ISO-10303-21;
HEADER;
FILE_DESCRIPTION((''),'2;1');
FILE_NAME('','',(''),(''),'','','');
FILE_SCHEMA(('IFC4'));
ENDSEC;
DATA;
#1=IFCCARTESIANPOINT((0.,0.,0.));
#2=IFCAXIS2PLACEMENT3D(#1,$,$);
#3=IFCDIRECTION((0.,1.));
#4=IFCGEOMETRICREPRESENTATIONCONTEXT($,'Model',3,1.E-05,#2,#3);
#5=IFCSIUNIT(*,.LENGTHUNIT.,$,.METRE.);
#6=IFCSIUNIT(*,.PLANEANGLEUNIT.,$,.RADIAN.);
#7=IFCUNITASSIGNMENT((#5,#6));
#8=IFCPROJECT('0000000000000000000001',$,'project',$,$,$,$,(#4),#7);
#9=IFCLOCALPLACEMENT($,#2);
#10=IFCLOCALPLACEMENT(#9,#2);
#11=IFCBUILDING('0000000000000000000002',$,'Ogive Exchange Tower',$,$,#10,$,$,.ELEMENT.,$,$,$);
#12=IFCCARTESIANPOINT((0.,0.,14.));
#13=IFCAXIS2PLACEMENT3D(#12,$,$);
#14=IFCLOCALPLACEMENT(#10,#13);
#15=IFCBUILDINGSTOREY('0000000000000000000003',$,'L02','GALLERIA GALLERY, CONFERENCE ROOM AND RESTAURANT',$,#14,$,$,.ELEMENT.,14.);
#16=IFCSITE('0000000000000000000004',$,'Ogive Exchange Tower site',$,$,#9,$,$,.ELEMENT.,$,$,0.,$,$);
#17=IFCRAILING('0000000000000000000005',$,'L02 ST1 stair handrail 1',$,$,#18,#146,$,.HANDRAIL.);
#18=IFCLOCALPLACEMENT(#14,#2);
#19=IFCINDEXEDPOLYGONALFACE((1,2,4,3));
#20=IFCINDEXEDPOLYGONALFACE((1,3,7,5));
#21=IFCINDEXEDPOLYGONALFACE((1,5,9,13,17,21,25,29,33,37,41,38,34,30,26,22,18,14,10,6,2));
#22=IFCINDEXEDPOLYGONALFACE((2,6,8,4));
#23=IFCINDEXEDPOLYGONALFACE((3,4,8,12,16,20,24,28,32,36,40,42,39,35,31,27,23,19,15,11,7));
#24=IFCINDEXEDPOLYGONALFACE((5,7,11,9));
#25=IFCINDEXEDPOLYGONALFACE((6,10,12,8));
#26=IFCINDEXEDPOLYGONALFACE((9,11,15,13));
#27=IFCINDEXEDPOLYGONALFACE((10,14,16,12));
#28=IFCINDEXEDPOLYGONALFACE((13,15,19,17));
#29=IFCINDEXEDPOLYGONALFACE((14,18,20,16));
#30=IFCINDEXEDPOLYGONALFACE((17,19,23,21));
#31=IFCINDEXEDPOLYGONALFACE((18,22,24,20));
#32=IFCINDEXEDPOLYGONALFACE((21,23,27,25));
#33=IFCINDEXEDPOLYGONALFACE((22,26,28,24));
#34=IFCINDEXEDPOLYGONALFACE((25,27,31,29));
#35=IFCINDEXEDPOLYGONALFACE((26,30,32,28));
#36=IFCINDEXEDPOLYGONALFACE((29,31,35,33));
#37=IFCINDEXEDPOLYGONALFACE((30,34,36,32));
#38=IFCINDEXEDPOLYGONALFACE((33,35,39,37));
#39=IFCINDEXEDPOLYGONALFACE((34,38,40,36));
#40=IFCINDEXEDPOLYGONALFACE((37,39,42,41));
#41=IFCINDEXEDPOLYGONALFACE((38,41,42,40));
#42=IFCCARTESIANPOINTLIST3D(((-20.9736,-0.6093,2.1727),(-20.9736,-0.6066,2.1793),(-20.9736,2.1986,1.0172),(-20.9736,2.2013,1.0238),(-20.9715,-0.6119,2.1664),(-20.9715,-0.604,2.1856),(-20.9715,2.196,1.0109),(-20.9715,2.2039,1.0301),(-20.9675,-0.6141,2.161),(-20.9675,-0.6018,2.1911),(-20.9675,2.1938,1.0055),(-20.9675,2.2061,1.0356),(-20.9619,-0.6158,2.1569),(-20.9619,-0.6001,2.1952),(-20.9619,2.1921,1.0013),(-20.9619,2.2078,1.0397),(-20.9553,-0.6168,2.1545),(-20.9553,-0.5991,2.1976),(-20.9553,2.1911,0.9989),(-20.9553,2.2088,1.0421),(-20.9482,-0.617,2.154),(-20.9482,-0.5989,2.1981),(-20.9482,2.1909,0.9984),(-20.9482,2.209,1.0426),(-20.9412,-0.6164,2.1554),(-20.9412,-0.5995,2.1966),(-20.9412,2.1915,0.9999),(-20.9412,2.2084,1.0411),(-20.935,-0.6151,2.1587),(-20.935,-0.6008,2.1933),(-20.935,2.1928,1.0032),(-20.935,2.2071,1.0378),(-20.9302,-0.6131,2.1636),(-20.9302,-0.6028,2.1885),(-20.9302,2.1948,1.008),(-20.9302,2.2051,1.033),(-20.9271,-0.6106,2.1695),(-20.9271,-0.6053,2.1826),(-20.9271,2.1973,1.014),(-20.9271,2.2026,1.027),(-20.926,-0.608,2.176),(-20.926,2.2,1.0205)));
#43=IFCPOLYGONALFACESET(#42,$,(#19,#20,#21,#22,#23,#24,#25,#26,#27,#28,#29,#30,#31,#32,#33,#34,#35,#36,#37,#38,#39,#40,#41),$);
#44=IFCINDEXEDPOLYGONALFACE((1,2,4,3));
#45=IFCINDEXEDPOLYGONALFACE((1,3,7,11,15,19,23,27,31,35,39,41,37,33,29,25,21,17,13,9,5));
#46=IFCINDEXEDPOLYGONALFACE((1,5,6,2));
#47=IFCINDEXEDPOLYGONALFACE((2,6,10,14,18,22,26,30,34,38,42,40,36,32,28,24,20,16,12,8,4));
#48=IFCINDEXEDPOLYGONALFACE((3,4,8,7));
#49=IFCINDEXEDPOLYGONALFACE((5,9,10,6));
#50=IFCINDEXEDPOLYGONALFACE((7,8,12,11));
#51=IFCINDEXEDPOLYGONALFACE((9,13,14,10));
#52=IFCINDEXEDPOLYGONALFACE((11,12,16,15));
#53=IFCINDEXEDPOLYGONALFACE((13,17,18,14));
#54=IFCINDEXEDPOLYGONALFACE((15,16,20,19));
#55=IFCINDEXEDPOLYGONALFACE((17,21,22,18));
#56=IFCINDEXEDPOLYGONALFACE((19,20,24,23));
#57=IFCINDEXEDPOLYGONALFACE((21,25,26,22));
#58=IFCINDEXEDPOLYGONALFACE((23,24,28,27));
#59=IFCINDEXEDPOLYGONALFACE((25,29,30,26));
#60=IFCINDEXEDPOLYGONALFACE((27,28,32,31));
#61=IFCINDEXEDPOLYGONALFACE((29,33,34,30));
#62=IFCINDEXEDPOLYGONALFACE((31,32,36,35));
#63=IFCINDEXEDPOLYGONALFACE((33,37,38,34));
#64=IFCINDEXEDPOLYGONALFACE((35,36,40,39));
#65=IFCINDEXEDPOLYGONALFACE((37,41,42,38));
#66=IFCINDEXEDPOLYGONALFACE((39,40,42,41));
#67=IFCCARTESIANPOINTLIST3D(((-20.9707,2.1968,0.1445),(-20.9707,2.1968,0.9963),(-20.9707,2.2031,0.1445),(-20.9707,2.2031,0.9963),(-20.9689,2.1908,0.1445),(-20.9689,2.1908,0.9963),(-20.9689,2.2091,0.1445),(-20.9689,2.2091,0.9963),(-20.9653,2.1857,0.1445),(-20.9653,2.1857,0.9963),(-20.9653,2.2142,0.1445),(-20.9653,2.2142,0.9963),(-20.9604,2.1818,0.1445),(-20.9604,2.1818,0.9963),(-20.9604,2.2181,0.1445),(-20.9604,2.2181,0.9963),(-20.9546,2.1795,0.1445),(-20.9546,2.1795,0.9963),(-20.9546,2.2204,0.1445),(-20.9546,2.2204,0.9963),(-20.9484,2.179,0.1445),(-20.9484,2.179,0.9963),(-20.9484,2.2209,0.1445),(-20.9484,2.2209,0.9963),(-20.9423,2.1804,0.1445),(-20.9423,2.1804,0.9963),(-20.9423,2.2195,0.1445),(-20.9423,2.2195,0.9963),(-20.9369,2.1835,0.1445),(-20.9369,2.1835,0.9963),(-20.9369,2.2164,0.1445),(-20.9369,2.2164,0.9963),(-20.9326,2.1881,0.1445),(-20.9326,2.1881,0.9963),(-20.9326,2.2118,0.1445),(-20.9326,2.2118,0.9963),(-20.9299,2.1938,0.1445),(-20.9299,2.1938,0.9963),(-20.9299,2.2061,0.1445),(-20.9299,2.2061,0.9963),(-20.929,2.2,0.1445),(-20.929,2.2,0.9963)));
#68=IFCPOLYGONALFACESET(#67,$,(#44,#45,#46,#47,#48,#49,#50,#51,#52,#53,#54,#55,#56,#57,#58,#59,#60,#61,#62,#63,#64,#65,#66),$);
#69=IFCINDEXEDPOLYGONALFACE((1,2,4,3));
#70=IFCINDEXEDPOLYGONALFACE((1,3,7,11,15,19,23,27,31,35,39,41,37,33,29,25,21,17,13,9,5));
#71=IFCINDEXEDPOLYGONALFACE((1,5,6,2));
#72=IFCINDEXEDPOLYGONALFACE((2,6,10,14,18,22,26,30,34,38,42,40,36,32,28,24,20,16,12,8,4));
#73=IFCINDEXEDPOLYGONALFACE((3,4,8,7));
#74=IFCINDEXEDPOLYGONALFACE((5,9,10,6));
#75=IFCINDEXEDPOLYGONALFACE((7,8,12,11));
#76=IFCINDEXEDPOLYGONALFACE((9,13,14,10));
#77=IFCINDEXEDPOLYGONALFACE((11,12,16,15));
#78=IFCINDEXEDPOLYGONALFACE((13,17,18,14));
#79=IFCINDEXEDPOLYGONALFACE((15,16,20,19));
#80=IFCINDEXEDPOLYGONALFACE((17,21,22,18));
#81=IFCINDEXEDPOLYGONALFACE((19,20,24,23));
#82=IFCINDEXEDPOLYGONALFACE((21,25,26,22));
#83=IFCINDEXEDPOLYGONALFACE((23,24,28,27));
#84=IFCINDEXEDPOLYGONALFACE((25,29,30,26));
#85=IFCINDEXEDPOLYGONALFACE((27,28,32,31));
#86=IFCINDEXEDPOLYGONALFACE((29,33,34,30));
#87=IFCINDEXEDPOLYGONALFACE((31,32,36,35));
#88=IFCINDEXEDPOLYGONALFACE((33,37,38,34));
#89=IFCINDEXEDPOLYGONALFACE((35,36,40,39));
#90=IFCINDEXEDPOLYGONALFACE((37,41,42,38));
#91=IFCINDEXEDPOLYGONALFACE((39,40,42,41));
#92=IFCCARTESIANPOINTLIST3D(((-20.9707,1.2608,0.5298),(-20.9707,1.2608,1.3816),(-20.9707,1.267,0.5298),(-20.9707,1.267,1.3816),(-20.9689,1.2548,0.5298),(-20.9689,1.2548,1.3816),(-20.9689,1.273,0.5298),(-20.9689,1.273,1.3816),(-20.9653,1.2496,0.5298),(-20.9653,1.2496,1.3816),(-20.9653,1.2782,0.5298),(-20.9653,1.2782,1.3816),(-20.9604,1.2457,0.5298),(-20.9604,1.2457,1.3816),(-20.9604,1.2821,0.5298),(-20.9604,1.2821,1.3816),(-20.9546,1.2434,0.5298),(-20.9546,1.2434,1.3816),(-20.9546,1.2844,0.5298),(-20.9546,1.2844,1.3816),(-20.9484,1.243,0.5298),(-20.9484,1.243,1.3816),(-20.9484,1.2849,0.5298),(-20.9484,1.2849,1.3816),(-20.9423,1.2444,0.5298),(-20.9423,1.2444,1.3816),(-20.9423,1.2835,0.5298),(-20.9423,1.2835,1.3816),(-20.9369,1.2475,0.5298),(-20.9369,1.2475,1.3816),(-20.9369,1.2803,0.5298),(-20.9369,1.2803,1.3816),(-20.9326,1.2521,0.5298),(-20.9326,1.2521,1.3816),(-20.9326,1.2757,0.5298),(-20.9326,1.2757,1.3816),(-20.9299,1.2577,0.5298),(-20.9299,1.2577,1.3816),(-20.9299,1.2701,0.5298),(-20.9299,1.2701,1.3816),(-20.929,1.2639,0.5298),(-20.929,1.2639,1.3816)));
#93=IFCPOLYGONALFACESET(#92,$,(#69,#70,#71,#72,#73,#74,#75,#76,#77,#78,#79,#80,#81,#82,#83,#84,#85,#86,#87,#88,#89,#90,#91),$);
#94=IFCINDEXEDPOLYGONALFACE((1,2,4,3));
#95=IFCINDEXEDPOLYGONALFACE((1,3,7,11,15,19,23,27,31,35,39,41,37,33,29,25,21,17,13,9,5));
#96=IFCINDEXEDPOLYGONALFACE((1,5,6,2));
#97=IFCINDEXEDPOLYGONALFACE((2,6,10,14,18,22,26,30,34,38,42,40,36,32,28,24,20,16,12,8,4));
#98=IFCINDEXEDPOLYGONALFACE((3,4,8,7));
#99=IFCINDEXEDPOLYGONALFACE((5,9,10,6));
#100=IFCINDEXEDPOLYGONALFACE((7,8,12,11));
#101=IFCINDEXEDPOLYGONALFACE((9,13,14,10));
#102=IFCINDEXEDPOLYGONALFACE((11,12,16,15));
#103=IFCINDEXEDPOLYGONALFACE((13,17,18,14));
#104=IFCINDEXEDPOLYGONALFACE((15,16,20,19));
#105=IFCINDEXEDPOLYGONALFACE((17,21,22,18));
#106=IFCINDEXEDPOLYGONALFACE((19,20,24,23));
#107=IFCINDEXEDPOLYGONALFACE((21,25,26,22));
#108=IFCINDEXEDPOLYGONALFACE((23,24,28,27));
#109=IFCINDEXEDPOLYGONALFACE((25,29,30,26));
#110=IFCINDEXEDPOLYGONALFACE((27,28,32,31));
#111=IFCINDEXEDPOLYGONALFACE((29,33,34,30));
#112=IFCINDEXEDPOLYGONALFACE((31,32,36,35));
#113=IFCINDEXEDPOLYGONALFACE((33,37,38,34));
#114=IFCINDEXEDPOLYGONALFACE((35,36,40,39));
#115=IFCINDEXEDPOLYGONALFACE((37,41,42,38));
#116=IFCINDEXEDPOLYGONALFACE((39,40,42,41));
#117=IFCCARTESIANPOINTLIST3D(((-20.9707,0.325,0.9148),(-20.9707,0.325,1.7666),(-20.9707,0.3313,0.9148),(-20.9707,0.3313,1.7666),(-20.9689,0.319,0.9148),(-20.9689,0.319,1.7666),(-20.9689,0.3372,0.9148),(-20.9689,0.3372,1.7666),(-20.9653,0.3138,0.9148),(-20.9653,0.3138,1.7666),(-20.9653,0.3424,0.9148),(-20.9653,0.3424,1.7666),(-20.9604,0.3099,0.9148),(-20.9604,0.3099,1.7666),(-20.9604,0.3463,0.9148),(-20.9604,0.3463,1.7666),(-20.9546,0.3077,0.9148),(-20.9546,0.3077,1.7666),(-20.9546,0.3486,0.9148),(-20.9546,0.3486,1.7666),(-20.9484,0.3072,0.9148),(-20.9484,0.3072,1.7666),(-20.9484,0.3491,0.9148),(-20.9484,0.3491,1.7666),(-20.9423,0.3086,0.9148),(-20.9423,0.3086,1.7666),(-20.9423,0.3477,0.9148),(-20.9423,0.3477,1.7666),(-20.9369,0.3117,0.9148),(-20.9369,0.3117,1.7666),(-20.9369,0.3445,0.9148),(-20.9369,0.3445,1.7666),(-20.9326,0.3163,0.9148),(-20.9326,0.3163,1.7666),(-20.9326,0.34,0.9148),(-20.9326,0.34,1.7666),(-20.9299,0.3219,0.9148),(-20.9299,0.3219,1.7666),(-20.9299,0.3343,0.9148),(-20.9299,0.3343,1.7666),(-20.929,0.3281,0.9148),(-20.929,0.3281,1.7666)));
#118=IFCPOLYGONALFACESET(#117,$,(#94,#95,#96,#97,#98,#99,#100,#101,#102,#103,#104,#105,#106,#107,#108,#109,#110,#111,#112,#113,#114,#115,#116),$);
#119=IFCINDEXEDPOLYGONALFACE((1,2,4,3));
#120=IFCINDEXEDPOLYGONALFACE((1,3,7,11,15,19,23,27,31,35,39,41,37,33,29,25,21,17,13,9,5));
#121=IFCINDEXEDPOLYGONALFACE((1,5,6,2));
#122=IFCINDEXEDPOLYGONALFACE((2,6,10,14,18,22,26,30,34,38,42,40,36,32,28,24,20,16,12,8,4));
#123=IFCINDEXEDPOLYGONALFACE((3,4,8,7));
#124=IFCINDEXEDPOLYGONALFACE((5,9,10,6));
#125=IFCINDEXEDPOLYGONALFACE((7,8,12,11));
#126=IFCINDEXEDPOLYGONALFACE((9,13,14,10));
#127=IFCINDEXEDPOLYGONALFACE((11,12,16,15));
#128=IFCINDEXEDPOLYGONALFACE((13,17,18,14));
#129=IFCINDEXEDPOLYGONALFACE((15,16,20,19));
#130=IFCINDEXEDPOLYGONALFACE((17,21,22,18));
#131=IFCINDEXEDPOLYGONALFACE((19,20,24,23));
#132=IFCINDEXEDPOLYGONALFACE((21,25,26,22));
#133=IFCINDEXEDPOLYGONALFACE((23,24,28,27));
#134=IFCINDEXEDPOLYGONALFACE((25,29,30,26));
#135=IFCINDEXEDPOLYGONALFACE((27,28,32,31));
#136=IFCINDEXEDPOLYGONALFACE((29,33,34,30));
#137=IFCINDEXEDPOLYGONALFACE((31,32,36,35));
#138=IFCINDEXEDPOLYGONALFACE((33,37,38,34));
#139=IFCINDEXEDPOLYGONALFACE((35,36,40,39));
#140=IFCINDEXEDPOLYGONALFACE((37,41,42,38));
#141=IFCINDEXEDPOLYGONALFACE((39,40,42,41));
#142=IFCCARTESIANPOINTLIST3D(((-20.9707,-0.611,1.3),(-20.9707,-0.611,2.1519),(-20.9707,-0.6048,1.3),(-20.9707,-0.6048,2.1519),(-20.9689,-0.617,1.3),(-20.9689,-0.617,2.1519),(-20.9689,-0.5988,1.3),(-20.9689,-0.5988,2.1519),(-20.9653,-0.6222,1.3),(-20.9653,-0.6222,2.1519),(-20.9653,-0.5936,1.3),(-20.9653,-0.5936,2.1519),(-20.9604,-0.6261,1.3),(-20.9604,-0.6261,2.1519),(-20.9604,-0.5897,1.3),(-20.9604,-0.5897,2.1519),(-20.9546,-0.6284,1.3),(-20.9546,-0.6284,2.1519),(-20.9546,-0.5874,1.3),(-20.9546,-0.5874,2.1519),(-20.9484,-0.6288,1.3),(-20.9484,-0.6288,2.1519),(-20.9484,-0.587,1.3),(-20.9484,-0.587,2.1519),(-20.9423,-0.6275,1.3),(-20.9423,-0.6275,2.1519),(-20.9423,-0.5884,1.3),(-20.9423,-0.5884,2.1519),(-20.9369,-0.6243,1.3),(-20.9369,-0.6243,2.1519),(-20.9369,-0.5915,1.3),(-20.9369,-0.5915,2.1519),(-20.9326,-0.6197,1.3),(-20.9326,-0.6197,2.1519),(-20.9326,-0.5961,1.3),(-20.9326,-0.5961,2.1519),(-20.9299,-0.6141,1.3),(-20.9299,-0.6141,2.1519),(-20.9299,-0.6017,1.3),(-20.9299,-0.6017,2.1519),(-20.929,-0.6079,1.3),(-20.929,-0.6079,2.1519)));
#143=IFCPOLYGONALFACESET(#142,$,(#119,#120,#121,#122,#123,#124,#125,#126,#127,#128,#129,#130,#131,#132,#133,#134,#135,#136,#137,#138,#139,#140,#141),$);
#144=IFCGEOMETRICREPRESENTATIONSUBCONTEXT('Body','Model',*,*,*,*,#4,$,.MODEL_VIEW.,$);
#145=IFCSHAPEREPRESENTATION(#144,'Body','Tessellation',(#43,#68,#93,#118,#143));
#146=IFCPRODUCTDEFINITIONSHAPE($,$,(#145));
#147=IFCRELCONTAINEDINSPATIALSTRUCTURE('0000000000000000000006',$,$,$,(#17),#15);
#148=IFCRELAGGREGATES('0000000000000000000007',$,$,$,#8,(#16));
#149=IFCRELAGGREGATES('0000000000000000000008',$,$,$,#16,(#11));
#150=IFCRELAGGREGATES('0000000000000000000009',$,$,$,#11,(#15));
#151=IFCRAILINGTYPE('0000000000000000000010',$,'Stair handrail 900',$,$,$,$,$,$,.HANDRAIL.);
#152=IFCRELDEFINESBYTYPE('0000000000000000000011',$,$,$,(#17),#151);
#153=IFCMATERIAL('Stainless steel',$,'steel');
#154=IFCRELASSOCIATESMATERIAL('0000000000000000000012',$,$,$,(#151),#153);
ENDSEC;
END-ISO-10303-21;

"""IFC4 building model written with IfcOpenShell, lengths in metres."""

from ifc_helpers import new_model, si_unit, direction, frame, origin, origin_2d, place, context, subcontext, project, spatial, circle, extrude, material, type_object, element, save


model = new_model("IFC4")

# Units and contexts
model_context = context("Model", 3, precision=1e-05, world=origin(), true_north=direction((0.0, 1.0)))
body_context = subcontext(model_context, "Body", "Model", "MODEL_VIEW")
ifc_project = project(units=[si_unit("LENGTHUNIT", "METRE"), si_unit("PLANEANGLEUNIT", "RADIAN")], contexts=[model_context])

# Site, building, storey
site_placement = place(None, origin())
site = spatial("IfcSite", under=ifc_project, at=site_placement, Name="Ogive Exchange Tower site", CompositionType="ELEMENT", RefElevation=0.0)
building_placement = place(site_placement, origin())
building = spatial("IfcBuilding", under=site, at=building_placement, Name="Ogive Exchange Tower", CompositionType="ELEMENT")
storey_placement = place(building_placement, frame((0.0, 0.0, 14.0)))
storey = spatial("IfcBuildingStorey", under=building, at=storey_placement, Name="L02", Description="GALLERIA GALLERY, CONFERENCE ROOM AND RESTAURANT", CompositionType="ELEMENT", Elevation=14.0)

# Shared definitions
ifc_material_1 = material(Name="Stainless steel", Category="steel")

# Railing
railing_type = type_object("IfcRailingType", Name="Stair handrail 900", PredefinedType="HANDRAIL", material=ifc_material_1)
for number, where, name in (
    (1, (-20.95, 2.2, 0.1445), "L02 ST1 stair handrail 1"),
):
    element("IfcRailing", number, at=place(storey_placement, frame(where)), inside=storey, type_object=railing_type, Name=name, PredefinedType="HANDRAIL", context=body_context, shape_type="SweptSolid", body=[
        extrude(circle(Radius=0.0239, at=origin_2d()), frame((0.0, 0.0, 0.876), z_axis=(0.0, -0.924755, 0.380564), x_axis=(1.0, 0.0, 0.0)), (0.0, 0.0, 1.0), 3.0364),
        extrude(circle(Radius=0.021, at=origin_2d()), origin(), (0.0, 0.0, 1.0), 0.8518),
        extrude(circle(Radius=0.021, at=origin_2d()), frame((0.0, -0.936, 0.3853)), (0.0, 0.0, 1.0), 0.8518),
        extrude(circle(Radius=0.021, at=origin_2d()), frame((0.0, -1.8718, 0.7703)), (0.0, 0.0, 1.0), 0.8518),
        extrude(circle(Radius=0.021, at=origin_2d()), frame((0.0, -2.8079, 1.1555)), (0.0, 0.0, 1.0), 0.8518),
    ])

save(model, "model.ifc")
